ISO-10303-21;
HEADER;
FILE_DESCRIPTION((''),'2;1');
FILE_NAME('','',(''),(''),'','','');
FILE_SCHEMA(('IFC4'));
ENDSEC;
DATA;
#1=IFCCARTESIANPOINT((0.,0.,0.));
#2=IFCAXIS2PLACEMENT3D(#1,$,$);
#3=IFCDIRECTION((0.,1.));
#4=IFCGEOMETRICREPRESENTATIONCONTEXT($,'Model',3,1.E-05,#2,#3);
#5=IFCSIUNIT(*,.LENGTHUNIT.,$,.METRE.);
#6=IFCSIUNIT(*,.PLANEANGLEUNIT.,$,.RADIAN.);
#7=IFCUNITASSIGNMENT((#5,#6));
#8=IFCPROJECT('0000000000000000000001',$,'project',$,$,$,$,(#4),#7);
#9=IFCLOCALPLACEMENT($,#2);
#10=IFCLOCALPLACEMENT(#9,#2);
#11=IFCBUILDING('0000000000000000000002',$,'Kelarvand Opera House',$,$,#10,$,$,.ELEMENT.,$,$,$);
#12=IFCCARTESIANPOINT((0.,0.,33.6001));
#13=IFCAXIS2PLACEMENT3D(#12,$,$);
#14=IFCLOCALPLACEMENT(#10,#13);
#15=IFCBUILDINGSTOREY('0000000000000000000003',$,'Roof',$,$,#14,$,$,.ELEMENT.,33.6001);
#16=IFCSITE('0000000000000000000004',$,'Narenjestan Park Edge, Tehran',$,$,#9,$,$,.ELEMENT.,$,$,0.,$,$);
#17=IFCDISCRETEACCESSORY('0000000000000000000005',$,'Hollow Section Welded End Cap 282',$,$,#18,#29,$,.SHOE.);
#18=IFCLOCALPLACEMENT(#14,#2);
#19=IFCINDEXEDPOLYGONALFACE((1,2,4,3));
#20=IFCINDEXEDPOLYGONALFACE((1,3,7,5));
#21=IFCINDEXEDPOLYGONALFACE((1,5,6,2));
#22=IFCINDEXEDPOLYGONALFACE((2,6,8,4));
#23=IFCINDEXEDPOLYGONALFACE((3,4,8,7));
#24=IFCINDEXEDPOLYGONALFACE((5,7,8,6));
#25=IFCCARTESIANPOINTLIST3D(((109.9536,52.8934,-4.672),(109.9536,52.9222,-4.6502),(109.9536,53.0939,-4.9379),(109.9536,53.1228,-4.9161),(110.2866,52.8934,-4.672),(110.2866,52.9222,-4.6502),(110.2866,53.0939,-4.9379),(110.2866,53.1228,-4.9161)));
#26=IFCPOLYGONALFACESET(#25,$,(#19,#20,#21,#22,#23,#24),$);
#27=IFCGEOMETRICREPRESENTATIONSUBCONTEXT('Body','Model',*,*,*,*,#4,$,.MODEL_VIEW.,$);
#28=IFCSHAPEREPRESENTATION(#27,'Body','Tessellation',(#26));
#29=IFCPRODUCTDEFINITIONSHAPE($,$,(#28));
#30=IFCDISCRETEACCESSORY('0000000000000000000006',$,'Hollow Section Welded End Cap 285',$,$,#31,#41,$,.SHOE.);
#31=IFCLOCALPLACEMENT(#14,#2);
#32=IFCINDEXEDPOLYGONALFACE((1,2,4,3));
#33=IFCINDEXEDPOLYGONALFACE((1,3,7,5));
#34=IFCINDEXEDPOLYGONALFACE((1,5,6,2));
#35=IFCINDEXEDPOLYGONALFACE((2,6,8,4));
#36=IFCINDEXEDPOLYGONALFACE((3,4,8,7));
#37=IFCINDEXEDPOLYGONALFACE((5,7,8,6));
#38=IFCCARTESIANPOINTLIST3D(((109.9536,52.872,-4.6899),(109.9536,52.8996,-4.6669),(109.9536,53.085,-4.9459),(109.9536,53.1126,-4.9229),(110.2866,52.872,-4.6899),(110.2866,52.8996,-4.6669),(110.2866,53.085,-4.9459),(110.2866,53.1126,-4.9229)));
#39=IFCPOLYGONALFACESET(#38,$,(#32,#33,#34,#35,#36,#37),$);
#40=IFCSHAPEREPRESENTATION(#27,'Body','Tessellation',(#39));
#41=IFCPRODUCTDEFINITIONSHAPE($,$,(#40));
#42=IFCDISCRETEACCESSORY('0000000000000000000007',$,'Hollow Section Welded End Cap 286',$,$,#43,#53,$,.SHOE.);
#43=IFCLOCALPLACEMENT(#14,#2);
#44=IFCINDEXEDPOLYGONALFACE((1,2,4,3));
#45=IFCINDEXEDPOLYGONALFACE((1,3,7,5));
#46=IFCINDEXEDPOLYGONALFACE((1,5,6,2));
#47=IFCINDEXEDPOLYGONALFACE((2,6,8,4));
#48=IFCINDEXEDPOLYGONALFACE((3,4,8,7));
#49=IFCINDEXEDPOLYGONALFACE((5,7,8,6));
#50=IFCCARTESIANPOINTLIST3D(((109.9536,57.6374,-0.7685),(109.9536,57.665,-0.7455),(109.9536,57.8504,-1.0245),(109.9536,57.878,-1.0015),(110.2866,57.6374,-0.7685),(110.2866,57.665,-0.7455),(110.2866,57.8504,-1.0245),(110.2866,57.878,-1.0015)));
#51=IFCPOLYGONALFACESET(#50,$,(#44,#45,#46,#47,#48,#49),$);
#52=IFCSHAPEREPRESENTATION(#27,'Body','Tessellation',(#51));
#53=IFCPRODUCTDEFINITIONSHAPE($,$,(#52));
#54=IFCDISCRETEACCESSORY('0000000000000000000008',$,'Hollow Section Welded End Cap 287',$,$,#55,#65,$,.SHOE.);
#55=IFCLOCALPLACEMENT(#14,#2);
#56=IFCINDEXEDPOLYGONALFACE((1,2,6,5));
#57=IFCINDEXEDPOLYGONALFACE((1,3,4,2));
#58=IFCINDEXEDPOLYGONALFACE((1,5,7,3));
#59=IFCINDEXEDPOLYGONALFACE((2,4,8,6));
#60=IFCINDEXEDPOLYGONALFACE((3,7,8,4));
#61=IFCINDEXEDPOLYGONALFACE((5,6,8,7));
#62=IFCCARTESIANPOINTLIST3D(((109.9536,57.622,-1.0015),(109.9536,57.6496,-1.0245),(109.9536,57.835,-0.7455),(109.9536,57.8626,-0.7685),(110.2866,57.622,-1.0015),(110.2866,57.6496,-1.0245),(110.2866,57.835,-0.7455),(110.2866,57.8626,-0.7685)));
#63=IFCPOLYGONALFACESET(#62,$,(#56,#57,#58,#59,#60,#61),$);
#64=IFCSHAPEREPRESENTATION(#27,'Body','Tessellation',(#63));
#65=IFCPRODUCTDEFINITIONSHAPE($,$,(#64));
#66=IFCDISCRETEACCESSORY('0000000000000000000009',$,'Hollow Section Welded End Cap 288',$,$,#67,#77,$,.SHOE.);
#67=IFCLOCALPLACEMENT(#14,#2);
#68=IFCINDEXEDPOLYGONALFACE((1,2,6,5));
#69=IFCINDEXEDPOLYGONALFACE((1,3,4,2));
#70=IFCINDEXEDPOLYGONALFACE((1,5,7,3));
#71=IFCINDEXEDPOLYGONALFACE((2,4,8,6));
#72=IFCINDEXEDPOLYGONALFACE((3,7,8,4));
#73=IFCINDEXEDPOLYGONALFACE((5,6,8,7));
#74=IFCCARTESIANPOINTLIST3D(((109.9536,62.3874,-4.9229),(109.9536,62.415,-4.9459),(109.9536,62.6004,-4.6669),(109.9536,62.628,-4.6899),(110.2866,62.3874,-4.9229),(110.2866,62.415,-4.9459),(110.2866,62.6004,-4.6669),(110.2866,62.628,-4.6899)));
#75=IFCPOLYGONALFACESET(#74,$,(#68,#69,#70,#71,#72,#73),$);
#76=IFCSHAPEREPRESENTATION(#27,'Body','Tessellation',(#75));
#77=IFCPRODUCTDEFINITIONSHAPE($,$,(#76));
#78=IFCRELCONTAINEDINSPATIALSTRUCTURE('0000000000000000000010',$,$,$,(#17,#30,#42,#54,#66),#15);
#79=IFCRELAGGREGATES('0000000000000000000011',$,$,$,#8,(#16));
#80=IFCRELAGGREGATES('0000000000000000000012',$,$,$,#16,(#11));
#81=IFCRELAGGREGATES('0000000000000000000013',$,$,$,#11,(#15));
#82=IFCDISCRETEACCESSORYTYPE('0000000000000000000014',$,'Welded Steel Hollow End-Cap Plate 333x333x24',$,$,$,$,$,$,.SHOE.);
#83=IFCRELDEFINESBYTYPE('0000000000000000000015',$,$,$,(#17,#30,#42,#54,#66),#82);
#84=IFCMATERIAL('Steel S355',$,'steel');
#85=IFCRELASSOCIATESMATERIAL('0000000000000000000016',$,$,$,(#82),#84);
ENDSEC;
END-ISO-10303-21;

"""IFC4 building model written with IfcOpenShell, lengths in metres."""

from ifc_helpers import new_model, si_unit, direction, frame, origin, origin_2d, place, context, subcontext, project, spatial, rectangle, extrude, material, material_profile, profile_set, type_object, element, save


model = new_model("IFC4")

# Units and contexts
model_context = context("Model", 3, precision=1e-05, world=origin(), true_north=direction((0.0, 1.0)))
body_context = subcontext(model_context, "Body", "Model", "MODEL_VIEW")
ifc_project = project(units=[si_unit("LENGTHUNIT", "METRE"), si_unit("PLANEANGLEUNIT", "RADIAN")], contexts=[model_context])

# Site, building, storey
site_placement = place(None, origin())
site = spatial("IfcSite", under=ifc_project, at=site_placement, Name="Narenjestan Park Edge, Tehran", CompositionType="ELEMENT", RefElevation=0.0)
building_placement = place(site_placement, origin())
building = spatial("IfcBuilding", under=site, at=building_placement, Name="Kelarvand Opera House", CompositionType="ELEMENT")
storey_placement = place(building_placement, frame((0.0, 0.0, 33.6001)))
storey = spatial("IfcBuildingStorey", under=building, at=storey_placement, Name="Roof", CompositionType="ELEMENT", Elevation=33.6001)

# Shared definitions
ifc_material = material(Name="Steel S355", Category="steel")

# Discrete accessories
ifc_material_profile_1 = material_profile(ifc_material, rectangle(XDim=0.333, YDim=0.333, at=origin_2d()), Name="Welded Steel Hollow End-Cap Plate 333x333x24", Category="steel")
ifc_profile_set_1 = profile_set([ifc_material_profile_1], Name="Steel S355")
discrete_accessory_type = type_object("IfcDiscreteAccessoryType", Name="Welded Steel Hollow End-Cap Plate 333x333x24", PredefinedType="SHOE", material=ifc_profile_set_1)
discrete_accessory_1_placement = place(storey_placement, frame((110.1201, 52.9937, -4.8049), z_axis=(0.0, 0.798373, 0.602163), x_axis=(-1.0, 0.0, 0.0)))
element("IfcDiscreteAccessory", 1, at=discrete_accessory_1_placement, inside=storey, type_object=discrete_accessory_type, Name="Hollow Section Welded End Cap 282", PredefinedType="SHOE", context=body_context, shape_type="SweptSolid", body=[
    extrude(rectangle(XDim=0.333, YDim=0.333, at=origin_2d()), origin(), (0.0, 0.0, 1.0), 0.0361),
])
for number, where, z_axis, x_axis, name in (
    (2, (110.1201, 53.0061, -4.7949), (0.0, -0.768779, -0.639515), (1.0, 0.0, 0.0), "Hollow Section Welded End Cap 285"),
    (3, (110.1201, 57.7439, -0.8965), (0.0, 0.768779, 0.639515), (-1.0, 0.0, 0.0), "Hollow Section Welded End Cap 286"),
    (4, (110.1201, 57.7561, -0.8965), (0.0, -0.768779, 0.639515), (1.0, 0.0, 0.0), "Hollow Section Welded End Cap 287"),
    (5, (110.1201, 62.4939, -4.7949), (0.0, 0.768779, -0.639515), (-1.0, 0.0, 0.0), "Hollow Section Welded End Cap 288"),
):
    element("IfcDiscreteAccessory", number, at=place(storey_placement, frame(where, z_axis=z_axis, x_axis=x_axis)), inside=storey, type_object=discrete_accessory_type, Name=name, PredefinedType="SHOE", context=body_context, shape_type="SweptSolid", body=[
        extrude(rectangle(XDim=0.333, YDim=0.333, at=origin_2d()), origin(), (0.0, 0.0, 1.0), 0.0359),
    ])

save(model, "model.ifc")
